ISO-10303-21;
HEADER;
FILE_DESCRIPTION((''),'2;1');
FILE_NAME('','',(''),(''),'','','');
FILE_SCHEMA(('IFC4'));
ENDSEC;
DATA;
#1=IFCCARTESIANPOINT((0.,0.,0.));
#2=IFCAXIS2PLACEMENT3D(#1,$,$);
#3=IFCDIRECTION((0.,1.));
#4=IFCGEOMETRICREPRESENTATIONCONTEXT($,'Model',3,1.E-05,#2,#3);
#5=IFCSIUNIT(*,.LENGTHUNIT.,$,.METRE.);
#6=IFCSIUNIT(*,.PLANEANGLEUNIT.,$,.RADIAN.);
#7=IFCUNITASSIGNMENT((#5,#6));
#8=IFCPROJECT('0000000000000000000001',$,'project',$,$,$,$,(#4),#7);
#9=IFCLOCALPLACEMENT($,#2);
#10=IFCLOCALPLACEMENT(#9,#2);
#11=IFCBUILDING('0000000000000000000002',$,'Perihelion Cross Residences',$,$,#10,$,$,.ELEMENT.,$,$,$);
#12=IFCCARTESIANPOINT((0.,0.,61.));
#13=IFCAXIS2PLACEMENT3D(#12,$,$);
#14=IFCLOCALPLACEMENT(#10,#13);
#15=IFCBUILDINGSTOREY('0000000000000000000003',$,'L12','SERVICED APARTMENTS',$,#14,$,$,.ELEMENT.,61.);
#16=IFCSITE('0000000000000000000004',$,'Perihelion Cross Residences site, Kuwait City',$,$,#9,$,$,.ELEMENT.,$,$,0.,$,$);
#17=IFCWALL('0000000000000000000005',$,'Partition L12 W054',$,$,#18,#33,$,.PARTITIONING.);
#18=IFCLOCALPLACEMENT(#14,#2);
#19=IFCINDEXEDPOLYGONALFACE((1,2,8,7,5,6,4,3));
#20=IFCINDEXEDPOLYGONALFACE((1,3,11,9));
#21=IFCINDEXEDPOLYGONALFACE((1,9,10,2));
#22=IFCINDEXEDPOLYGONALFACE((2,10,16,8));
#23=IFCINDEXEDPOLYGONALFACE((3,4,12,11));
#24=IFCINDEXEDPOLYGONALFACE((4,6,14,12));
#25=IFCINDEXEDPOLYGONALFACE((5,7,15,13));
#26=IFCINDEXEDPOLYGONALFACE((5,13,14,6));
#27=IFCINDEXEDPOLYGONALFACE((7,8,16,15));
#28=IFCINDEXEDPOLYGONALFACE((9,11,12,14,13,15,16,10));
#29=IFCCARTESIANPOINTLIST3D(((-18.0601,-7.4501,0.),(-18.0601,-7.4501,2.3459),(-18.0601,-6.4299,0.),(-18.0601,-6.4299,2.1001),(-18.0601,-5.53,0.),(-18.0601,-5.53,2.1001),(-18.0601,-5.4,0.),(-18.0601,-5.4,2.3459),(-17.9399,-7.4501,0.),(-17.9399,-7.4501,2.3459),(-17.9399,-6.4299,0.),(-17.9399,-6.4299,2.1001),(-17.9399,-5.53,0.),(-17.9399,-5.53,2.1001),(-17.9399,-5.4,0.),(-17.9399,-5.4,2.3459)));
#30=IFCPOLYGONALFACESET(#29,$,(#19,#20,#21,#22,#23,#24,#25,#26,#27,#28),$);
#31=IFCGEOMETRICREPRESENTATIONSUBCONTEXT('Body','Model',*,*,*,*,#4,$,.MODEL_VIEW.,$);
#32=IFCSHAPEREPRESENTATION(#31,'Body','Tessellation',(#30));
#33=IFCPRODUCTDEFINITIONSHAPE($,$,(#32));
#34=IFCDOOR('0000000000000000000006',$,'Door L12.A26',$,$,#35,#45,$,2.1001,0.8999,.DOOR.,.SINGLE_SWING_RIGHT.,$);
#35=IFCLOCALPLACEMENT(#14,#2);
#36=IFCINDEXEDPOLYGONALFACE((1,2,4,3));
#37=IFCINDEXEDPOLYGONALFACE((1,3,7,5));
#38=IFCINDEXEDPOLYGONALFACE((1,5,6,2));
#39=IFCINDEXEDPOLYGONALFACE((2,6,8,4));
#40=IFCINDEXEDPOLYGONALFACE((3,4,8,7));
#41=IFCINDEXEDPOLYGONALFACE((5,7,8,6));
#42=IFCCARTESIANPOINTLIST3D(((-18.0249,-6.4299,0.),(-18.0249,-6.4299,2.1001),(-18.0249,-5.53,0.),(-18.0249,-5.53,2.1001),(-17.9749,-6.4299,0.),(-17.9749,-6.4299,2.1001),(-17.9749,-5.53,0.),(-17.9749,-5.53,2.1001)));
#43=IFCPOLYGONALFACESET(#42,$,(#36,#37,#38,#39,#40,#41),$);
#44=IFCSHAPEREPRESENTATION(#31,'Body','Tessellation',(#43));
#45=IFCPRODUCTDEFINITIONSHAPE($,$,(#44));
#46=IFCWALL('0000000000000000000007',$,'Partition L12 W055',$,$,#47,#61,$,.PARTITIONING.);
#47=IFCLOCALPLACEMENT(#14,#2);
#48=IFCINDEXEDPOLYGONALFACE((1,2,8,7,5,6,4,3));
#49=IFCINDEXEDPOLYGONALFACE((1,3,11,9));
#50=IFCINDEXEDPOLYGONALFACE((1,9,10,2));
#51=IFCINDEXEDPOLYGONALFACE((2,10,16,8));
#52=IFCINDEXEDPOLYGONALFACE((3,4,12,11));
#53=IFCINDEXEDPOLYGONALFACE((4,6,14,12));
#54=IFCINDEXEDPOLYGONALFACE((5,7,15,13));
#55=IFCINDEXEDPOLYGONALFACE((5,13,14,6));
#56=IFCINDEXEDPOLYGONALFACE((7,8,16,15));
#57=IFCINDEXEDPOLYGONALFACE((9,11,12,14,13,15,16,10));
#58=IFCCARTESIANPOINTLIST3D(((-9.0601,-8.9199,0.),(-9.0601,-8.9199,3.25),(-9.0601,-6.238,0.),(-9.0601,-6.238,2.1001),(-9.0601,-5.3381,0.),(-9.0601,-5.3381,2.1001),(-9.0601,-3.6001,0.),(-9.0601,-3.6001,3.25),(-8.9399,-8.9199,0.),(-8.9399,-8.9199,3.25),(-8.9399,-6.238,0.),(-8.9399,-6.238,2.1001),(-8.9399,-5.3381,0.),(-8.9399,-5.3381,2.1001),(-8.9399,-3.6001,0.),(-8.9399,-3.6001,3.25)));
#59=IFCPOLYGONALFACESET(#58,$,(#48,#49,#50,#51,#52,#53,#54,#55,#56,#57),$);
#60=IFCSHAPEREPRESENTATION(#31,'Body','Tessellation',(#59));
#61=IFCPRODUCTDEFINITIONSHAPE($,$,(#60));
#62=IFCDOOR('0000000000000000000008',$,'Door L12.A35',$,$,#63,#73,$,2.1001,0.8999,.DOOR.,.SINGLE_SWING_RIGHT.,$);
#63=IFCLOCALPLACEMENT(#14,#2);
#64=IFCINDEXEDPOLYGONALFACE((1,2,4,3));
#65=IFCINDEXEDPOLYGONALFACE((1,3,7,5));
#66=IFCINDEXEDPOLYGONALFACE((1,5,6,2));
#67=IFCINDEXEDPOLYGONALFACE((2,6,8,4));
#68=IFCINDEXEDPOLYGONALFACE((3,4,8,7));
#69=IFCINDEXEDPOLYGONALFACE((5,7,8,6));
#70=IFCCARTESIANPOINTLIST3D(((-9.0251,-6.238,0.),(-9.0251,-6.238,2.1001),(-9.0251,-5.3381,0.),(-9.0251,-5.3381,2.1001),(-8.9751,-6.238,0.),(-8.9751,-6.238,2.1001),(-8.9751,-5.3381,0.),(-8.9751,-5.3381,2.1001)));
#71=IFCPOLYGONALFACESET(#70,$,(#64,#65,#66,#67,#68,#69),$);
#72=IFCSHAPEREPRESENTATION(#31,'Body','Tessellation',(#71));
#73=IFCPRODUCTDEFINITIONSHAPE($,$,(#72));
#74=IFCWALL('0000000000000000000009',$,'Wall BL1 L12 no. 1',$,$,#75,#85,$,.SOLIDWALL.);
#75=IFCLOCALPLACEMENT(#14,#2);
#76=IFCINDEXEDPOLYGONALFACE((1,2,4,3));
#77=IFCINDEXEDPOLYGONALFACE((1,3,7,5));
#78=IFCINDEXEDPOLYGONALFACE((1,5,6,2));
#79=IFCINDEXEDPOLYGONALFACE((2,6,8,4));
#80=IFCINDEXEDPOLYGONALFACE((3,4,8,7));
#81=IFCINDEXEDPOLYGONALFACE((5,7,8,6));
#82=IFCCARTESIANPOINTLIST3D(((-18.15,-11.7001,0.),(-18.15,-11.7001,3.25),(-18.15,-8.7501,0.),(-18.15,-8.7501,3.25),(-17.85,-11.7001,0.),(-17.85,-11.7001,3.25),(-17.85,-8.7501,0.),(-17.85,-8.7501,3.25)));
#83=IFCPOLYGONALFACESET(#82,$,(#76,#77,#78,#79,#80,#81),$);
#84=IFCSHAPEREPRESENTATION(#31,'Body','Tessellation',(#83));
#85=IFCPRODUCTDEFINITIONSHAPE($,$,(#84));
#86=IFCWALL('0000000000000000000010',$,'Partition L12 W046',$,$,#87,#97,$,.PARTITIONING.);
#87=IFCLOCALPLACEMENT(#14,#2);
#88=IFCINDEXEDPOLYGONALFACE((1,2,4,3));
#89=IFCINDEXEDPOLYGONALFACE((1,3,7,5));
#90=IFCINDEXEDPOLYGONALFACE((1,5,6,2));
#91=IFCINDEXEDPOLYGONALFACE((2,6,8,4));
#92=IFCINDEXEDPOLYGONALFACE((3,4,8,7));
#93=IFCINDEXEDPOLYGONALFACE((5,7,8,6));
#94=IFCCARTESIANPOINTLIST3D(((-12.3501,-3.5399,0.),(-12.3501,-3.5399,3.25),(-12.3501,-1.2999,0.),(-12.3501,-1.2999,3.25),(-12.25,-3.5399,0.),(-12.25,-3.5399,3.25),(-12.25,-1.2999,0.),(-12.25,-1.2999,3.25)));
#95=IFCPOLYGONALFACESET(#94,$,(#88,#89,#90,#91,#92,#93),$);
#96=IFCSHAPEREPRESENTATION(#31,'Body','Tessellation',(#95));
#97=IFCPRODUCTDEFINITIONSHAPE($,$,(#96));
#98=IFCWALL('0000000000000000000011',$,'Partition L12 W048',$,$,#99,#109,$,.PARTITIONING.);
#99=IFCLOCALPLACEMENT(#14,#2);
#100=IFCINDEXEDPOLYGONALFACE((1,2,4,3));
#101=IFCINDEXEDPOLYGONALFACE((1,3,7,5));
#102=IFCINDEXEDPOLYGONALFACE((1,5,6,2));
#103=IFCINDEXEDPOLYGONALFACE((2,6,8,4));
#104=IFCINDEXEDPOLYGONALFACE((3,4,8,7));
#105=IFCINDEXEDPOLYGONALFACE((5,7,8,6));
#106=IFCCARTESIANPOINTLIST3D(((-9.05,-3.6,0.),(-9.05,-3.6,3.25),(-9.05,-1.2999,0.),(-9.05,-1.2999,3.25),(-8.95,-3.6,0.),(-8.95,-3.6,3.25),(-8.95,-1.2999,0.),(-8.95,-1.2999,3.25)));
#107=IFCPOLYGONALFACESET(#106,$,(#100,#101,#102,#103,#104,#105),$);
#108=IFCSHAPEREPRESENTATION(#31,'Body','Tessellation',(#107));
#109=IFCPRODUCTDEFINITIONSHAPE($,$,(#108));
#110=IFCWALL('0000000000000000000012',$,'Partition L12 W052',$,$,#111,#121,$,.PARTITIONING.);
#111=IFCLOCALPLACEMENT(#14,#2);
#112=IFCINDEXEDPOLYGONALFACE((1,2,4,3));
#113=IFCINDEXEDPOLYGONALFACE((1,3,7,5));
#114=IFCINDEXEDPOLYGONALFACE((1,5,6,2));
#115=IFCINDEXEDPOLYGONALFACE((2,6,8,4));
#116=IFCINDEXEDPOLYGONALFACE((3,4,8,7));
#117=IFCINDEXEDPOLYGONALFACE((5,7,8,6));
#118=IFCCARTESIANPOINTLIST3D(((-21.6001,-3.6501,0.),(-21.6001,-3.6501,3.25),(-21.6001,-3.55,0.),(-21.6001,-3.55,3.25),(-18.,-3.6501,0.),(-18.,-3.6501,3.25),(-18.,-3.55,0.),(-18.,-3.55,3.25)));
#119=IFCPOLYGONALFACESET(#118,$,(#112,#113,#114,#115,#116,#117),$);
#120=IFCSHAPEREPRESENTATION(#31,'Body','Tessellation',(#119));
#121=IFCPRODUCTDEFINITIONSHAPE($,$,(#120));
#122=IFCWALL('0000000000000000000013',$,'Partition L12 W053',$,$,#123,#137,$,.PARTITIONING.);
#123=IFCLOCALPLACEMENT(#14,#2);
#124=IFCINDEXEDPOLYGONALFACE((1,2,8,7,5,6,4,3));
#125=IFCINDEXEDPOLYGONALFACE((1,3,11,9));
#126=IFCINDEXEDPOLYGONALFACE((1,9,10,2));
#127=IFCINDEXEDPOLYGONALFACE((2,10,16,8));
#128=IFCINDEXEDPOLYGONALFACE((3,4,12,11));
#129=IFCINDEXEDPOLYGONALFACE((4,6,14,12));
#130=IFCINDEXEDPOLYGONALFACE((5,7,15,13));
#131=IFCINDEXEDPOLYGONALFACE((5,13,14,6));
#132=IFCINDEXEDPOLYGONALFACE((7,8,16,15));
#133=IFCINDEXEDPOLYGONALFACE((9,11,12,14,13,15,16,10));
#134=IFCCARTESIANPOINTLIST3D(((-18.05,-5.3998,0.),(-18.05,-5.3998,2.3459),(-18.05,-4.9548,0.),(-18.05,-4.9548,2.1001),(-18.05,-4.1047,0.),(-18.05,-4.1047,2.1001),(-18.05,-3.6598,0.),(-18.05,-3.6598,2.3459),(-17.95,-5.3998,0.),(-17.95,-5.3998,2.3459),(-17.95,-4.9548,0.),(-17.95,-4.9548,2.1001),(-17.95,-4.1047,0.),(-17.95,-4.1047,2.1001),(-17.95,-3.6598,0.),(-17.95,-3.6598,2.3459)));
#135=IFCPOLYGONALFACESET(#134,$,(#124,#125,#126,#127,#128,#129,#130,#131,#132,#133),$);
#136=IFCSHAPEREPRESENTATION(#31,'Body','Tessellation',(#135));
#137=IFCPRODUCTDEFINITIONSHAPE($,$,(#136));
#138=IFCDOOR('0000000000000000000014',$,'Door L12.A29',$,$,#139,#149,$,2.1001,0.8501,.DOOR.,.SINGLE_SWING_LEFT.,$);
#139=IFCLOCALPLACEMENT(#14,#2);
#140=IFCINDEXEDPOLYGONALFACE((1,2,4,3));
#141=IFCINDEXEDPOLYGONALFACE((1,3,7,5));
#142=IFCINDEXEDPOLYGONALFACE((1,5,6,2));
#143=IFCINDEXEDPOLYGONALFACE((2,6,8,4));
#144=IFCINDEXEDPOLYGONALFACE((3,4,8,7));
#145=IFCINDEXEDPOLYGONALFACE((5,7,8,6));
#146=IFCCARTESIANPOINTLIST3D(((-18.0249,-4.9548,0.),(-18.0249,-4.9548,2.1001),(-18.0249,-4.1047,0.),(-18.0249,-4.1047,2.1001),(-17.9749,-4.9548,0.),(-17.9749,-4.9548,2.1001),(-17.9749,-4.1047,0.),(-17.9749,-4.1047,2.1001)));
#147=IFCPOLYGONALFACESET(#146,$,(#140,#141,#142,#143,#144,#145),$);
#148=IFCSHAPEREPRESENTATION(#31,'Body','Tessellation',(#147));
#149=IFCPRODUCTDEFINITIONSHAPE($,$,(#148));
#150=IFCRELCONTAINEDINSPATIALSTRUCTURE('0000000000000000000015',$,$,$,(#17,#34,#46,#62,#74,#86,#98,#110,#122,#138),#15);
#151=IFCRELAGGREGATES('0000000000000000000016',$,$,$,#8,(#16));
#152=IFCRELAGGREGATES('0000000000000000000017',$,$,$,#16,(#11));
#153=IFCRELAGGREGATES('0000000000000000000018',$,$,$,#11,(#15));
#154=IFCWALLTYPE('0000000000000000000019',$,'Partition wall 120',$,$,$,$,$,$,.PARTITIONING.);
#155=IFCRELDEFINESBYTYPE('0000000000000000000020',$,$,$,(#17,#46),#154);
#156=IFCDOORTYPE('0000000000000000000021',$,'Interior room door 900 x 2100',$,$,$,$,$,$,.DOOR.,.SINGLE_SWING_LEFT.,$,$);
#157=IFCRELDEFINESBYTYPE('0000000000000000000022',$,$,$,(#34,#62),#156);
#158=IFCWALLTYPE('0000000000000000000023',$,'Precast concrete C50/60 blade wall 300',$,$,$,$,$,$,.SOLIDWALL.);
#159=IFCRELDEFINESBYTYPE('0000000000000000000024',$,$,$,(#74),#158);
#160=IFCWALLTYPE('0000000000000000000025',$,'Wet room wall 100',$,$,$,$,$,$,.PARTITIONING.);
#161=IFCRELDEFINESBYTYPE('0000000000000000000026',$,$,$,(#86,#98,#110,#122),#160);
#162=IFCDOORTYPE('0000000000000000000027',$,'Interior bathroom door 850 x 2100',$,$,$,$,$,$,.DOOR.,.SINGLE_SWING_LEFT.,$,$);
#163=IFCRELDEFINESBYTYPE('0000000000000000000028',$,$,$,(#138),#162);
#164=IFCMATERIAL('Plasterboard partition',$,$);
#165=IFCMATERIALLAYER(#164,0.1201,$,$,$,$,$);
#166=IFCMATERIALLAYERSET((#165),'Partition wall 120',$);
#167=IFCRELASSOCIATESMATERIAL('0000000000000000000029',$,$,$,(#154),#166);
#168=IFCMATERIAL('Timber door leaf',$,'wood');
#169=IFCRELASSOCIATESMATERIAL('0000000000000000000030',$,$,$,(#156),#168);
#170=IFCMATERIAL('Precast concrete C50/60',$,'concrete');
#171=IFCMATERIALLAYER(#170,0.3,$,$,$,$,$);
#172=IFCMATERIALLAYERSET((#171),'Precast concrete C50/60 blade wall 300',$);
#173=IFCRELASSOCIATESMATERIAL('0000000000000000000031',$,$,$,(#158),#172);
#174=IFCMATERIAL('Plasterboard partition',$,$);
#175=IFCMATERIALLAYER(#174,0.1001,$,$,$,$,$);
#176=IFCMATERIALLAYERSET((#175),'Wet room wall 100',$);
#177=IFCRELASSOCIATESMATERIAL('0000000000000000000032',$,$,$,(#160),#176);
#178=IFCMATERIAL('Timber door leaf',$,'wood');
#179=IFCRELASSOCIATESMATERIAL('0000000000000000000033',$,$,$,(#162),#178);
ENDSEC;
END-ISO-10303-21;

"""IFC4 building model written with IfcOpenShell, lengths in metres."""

from ifc_helpers import new_model, si_unit, direction, frame, frame_2d, origin, place, context, subcontext, project, spatial, rectangle, extrude, material, layer, layer_set, type_object, element, fill, save


model = new_model("IFC4")

# Units and contexts
model_context = context("Model", 3, precision=1e-05, world=origin(), true_north=direction((0.0, 1.0)))
body_context = subcontext(model_context, "Body", "Model", "MODEL_VIEW")
ifc_project = project(units=[si_unit("LENGTHUNIT", "METRE"), si_unit("PLANEANGLEUNIT", "RADIAN")], contexts=[model_context])

# Site, building, storey
site_placement = place(None, origin())
site = spatial("IfcSite", under=ifc_project, at=site_placement, Name="Perihelion Cross Residences site, Kuwait City", CompositionType="ELEMENT", RefElevation=0.0)
building_placement = place(site_placement, origin())
building = spatial("IfcBuilding", under=site, at=building_placement, Name="Perihelion Cross Residences", CompositionType="ELEMENT")
storey_placement = place(building_placement, frame((0.0, 0.0, 61.0)))
storey = spatial("IfcBuildingStorey", under=building, at=storey_placement, Name="L12", Description="SERVICED APARTMENTS", CompositionType="ELEMENT", Elevation=61.0)

# Walls, openings, doors
ifc_material_1 = material(Name="Plasterboard partition")
ifc_layer_1 = layer(ifc_material_1, 0.1201)
ifc_layer_set_1 = layer_set([ifc_layer_1], Name="Partition wall 120")
wall_type_1 = type_object("IfcWallType", Name="Partition wall 120", PredefinedType="PARTITIONING", material=ifc_layer_set_1)
ifc_material_2 = material(Name="Timber door leaf", Category="wood")
door_type_1 = type_object("IfcDoorType", Name="Interior room door 900 x 2100", OperationType="SINGLE_SWING_LEFT", PredefinedType="DOOR", material=ifc_material_2)
wall_1_placement = place(storey_placement, frame((-18.0, -7.45, 0.0), z_axis=(0.0, 0.0, 1.0), x_axis=(0.0, 1.0, 0.0)))
wall_1 = element("IfcWall", 1, at=wall_1_placement, inside=storey, type_object=wall_type_1, Name="Partition L12 W054", PredefinedType="PARTITIONING", context=body_context, shape_type="SweptSolid", body=[
    extrude(rectangle(XDim=2.05, YDim=0.1201, at=frame_2d((1.0249, 0.0))), origin(), (0.0, 0.0, 1.0), 2.3459),
])
opening_1_placement = place(wall_1_placement, frame((1.02, 0.0, 0.0)))
opening_1 = element("IfcOpeningElement", 2, at=opening_1_placement, cuts=wall_1, PredefinedType="OPENING", context=body_context, shape_type="SweptSolid", body=[
    extrude(rectangle(XDim=0.8999, YDim=2.1001, at=frame_2d((0.45, 1.05))), frame((0.0, 0.0701, 0.0), z_axis=(0.0, -1.0, 0.0), x_axis=(1.0, 0.0, 0.0)), (0.0, 0.0, 1.0), 0.1401),
])
door_1_placement = place(opening_1_placement, origin())
door_1 = element("IfcDoor", 3, at=door_1_placement, inside=storey, type_object=door_type_1, Name="Door L12.A26", OperationType="SINGLE_SWING_RIGHT", OverallHeight=2.1001, OverallWidth=0.8999, PredefinedType="DOOR", context=body_context, shape_type="SweptSolid", body=[
    extrude(rectangle(XDim=0.8999, YDim=2.1001, at=frame_2d((0.45, 1.05))), frame((0.0, 0.0249, 0.0), z_axis=(0.0, -1.0, 0.0), x_axis=(1.0, 0.0, 0.0)), (0.0, 0.0, 1.0), 0.05),
])
fill(opening_1, door_1)
wall_2_placement = place(storey_placement, frame((-9.0, -3.6001, 0.0), z_axis=(0.0, 0.0, 1.0), x_axis=(0.0, -1.0, 0.0)))
wall_2 = element("IfcWall", 4, at=wall_2_placement, inside=storey, type_object=wall_type_1, Name="Partition L12 W055", PredefinedType="PARTITIONING", context=body_context, shape_type="SweptSolid", body=[
    extrude(rectangle(XDim=5.3198, YDim=0.1201, at=frame_2d((2.6599, 0.0))), origin(), (0.0, 0.0, 1.0), 3.25),
])
opening_2_placement = place(wall_2_placement, frame((1.738, 0.0, 0.0)))
opening_2 = element("IfcOpeningElement", 5, at=opening_2_placement, cuts=wall_2, PredefinedType="OPENING", context=body_context, shape_type="SweptSolid", body=[
    extrude(rectangle(XDim=0.8999, YDim=2.1001, at=frame_2d((0.45, 1.05))), frame((0.0, 0.0701, 0.0), z_axis=(0.0, -1.0, 0.0), x_axis=(1.0, 0.0, 0.0)), (0.0, 0.0, 1.0), 0.1401),
])
door_2_placement = place(opening_2_placement, origin())
door_2 = element("IfcDoor", 6, at=door_2_placement, inside=storey, type_object=door_type_1, Name="Door L12.A35", OperationType="SINGLE_SWING_RIGHT", OverallHeight=2.1001, OverallWidth=0.8999, PredefinedType="DOOR", context=body_context, shape_type="SweptSolid", body=[
    extrude(rectangle(XDim=0.8999, YDim=2.1001, at=frame_2d((0.45, 1.05))), frame((0.0, 0.0249, 0.0), z_axis=(0.0, -1.0, 0.0), x_axis=(1.0, 0.0, 0.0)), (0.0, 0.0, 1.0), 0.05),
])
fill(opening_2, door_2)

# Walls
ifc_material_3 = material(Name="Precast concrete C50/60", Category="concrete")
ifc_layer_2 = layer(ifc_material_3, 0.3)
ifc_layer_set_2 = layer_set([ifc_layer_2], Name="Precast concrete C50/60 blade wall 300")
wall_type_2 = type_object("IfcWallType", Name="Precast concrete C50/60 blade wall 300", PredefinedType="SOLIDWALL", material=ifc_layer_set_2)
wall_3_placement = place(storey_placement, frame((-18.0, -8.75, 0.0), z_axis=(0.0, 0.0, 1.0), x_axis=(0.0, -1.0, 0.0)))
element("IfcWall", 7, at=wall_3_placement, inside=storey, type_object=wall_type_2, Name="Wall BL1 L12 no. 1", PredefinedType="SOLIDWALL", context=body_context, shape_type="SweptSolid", body=[
    extrude(rectangle(XDim=2.95, YDim=0.3, at=frame_2d((1.4751, 0.0))), origin(), (0.0, 0.0, 1.0), 3.25),
])
ifc_material_4 = material(Name="Plasterboard partition")
ifc_layer_3 = layer(ifc_material_4, 0.1001)
ifc_layer_set_3 = layer_set([ifc_layer_3], Name="Wet room wall 100")
wall_type_3 = type_object("IfcWallType", Name="Wet room wall 100", PredefinedType="PARTITIONING", material=ifc_layer_set_3)
wall_4_placement = place(storey_placement, frame((-12.3, -3.54, 0.0), z_axis=(0.0, 0.0, 1.0), x_axis=(0.0, 1.0, 0.0)))
element("IfcWall", 8, at=wall_4_placement, inside=storey, type_object=wall_type_3, Name="Partition L12 W046", PredefinedType="PARTITIONING", context=body_context, shape_type="SweptSolid", body=[
    extrude(rectangle(XDim=2.24, YDim=0.1001, at=frame_2d((1.1201, 0.0))), origin(), (0.0, 0.0, 1.0), 3.25),
])
wall_5_placement = place(storey_placement, frame((-9.0, -1.3, 0.0), z_axis=(0.0, 0.0, 1.0), x_axis=(0.0, -1.0, 0.0)))
element("IfcWall", 9, at=wall_5_placement, inside=storey, type_object=wall_type_3, Name="Partition L12 W048", PredefinedType="PARTITIONING", context=body_context, shape_type="SweptSolid", body=[
    extrude(rectangle(XDim=2.3, YDim=0.1001, at=frame_2d((1.1499, 0.0))), origin(), (0.0, 0.0, 1.0), 3.25),
])
wall_6_placement = place(storey_placement, frame((-18.0, -3.6001, 0.0), z_axis=(0.0, 0.0, 1.0), x_axis=(-1.0, 0.0, 0.0)))
element("IfcWall", 10, at=wall_6_placement, inside=storey, type_object=wall_type_3, Name="Partition L12 W052", PredefinedType="PARTITIONING", context=body_context, shape_type="SweptSolid", body=[
    extrude(rectangle(XDim=3.6001, YDim=0.1001, at=frame_2d((1.8, 0.0))), origin(), (0.0, 0.0, 1.0), 3.25),
])

# Wall, opening, door
wall_7_placement = place(storey_placement, frame((-18.0, -5.3999, 0.0), z_axis=(0.0, 0.0, 1.0), x_axis=(0.0, 1.0, 0.0)))
wall_7 = element("IfcWall", 11, at=wall_7_placement, inside=storey, type_object=wall_type_3, Name="Partition L12 W053", PredefinedType="PARTITIONING", context=body_context, shape_type="SweptSolid", body=[
    extrude(rectangle(XDim=1.74, YDim=0.1001, at=frame_2d((0.8701, 0.0))), origin(), (0.0, 0.0, 1.0), 2.3459),
])
opening_3_placement = place(wall_7_placement, frame((0.4451, 0.0, 0.0)))
opening_3 = element("IfcOpeningElement", 12, at=opening_3_placement, cuts=wall_7, PredefinedType="OPENING", context=body_context, shape_type="SweptSolid", body=[
    extrude(rectangle(XDim=0.8501, YDim=2.1001, at=frame_2d((0.425, 1.05))), frame((0.0, 0.0601, 0.0), z_axis=(0.0, -1.0, 0.0), x_axis=(1.0, 0.0, 0.0)), (0.0, 0.0, 1.0), 0.1201),
])
ifc_material_5 = material(Name="Timber door leaf", Category="wood")
door_type_2 = type_object("IfcDoorType", Name="Interior bathroom door 850 x 2100", OperationType="SINGLE_SWING_LEFT", PredefinedType="DOOR", material=ifc_material_5)
door_3_placement = place(opening_3_placement, origin())
door_3 = element("IfcDoor", 13, at=door_3_placement, inside=storey, type_object=door_type_2, Name="Door L12.A29", OperationType="SINGLE_SWING_LEFT", OverallHeight=2.1001, OverallWidth=0.8501, PredefinedType="DOOR", context=body_context, shape_type="SweptSolid", body=[
    extrude(rectangle(XDim=0.8501, YDim=2.1001, at=frame_2d((0.425, 1.05))), frame((0.0, 0.0249, 0.0), z_axis=(0.0, -1.0, 0.0), x_axis=(1.0, 0.0, 0.0)), (0.0, 0.0, 1.0), 0.05),
])
fill(opening_3, door_3)

save(model, "model.ifc")
